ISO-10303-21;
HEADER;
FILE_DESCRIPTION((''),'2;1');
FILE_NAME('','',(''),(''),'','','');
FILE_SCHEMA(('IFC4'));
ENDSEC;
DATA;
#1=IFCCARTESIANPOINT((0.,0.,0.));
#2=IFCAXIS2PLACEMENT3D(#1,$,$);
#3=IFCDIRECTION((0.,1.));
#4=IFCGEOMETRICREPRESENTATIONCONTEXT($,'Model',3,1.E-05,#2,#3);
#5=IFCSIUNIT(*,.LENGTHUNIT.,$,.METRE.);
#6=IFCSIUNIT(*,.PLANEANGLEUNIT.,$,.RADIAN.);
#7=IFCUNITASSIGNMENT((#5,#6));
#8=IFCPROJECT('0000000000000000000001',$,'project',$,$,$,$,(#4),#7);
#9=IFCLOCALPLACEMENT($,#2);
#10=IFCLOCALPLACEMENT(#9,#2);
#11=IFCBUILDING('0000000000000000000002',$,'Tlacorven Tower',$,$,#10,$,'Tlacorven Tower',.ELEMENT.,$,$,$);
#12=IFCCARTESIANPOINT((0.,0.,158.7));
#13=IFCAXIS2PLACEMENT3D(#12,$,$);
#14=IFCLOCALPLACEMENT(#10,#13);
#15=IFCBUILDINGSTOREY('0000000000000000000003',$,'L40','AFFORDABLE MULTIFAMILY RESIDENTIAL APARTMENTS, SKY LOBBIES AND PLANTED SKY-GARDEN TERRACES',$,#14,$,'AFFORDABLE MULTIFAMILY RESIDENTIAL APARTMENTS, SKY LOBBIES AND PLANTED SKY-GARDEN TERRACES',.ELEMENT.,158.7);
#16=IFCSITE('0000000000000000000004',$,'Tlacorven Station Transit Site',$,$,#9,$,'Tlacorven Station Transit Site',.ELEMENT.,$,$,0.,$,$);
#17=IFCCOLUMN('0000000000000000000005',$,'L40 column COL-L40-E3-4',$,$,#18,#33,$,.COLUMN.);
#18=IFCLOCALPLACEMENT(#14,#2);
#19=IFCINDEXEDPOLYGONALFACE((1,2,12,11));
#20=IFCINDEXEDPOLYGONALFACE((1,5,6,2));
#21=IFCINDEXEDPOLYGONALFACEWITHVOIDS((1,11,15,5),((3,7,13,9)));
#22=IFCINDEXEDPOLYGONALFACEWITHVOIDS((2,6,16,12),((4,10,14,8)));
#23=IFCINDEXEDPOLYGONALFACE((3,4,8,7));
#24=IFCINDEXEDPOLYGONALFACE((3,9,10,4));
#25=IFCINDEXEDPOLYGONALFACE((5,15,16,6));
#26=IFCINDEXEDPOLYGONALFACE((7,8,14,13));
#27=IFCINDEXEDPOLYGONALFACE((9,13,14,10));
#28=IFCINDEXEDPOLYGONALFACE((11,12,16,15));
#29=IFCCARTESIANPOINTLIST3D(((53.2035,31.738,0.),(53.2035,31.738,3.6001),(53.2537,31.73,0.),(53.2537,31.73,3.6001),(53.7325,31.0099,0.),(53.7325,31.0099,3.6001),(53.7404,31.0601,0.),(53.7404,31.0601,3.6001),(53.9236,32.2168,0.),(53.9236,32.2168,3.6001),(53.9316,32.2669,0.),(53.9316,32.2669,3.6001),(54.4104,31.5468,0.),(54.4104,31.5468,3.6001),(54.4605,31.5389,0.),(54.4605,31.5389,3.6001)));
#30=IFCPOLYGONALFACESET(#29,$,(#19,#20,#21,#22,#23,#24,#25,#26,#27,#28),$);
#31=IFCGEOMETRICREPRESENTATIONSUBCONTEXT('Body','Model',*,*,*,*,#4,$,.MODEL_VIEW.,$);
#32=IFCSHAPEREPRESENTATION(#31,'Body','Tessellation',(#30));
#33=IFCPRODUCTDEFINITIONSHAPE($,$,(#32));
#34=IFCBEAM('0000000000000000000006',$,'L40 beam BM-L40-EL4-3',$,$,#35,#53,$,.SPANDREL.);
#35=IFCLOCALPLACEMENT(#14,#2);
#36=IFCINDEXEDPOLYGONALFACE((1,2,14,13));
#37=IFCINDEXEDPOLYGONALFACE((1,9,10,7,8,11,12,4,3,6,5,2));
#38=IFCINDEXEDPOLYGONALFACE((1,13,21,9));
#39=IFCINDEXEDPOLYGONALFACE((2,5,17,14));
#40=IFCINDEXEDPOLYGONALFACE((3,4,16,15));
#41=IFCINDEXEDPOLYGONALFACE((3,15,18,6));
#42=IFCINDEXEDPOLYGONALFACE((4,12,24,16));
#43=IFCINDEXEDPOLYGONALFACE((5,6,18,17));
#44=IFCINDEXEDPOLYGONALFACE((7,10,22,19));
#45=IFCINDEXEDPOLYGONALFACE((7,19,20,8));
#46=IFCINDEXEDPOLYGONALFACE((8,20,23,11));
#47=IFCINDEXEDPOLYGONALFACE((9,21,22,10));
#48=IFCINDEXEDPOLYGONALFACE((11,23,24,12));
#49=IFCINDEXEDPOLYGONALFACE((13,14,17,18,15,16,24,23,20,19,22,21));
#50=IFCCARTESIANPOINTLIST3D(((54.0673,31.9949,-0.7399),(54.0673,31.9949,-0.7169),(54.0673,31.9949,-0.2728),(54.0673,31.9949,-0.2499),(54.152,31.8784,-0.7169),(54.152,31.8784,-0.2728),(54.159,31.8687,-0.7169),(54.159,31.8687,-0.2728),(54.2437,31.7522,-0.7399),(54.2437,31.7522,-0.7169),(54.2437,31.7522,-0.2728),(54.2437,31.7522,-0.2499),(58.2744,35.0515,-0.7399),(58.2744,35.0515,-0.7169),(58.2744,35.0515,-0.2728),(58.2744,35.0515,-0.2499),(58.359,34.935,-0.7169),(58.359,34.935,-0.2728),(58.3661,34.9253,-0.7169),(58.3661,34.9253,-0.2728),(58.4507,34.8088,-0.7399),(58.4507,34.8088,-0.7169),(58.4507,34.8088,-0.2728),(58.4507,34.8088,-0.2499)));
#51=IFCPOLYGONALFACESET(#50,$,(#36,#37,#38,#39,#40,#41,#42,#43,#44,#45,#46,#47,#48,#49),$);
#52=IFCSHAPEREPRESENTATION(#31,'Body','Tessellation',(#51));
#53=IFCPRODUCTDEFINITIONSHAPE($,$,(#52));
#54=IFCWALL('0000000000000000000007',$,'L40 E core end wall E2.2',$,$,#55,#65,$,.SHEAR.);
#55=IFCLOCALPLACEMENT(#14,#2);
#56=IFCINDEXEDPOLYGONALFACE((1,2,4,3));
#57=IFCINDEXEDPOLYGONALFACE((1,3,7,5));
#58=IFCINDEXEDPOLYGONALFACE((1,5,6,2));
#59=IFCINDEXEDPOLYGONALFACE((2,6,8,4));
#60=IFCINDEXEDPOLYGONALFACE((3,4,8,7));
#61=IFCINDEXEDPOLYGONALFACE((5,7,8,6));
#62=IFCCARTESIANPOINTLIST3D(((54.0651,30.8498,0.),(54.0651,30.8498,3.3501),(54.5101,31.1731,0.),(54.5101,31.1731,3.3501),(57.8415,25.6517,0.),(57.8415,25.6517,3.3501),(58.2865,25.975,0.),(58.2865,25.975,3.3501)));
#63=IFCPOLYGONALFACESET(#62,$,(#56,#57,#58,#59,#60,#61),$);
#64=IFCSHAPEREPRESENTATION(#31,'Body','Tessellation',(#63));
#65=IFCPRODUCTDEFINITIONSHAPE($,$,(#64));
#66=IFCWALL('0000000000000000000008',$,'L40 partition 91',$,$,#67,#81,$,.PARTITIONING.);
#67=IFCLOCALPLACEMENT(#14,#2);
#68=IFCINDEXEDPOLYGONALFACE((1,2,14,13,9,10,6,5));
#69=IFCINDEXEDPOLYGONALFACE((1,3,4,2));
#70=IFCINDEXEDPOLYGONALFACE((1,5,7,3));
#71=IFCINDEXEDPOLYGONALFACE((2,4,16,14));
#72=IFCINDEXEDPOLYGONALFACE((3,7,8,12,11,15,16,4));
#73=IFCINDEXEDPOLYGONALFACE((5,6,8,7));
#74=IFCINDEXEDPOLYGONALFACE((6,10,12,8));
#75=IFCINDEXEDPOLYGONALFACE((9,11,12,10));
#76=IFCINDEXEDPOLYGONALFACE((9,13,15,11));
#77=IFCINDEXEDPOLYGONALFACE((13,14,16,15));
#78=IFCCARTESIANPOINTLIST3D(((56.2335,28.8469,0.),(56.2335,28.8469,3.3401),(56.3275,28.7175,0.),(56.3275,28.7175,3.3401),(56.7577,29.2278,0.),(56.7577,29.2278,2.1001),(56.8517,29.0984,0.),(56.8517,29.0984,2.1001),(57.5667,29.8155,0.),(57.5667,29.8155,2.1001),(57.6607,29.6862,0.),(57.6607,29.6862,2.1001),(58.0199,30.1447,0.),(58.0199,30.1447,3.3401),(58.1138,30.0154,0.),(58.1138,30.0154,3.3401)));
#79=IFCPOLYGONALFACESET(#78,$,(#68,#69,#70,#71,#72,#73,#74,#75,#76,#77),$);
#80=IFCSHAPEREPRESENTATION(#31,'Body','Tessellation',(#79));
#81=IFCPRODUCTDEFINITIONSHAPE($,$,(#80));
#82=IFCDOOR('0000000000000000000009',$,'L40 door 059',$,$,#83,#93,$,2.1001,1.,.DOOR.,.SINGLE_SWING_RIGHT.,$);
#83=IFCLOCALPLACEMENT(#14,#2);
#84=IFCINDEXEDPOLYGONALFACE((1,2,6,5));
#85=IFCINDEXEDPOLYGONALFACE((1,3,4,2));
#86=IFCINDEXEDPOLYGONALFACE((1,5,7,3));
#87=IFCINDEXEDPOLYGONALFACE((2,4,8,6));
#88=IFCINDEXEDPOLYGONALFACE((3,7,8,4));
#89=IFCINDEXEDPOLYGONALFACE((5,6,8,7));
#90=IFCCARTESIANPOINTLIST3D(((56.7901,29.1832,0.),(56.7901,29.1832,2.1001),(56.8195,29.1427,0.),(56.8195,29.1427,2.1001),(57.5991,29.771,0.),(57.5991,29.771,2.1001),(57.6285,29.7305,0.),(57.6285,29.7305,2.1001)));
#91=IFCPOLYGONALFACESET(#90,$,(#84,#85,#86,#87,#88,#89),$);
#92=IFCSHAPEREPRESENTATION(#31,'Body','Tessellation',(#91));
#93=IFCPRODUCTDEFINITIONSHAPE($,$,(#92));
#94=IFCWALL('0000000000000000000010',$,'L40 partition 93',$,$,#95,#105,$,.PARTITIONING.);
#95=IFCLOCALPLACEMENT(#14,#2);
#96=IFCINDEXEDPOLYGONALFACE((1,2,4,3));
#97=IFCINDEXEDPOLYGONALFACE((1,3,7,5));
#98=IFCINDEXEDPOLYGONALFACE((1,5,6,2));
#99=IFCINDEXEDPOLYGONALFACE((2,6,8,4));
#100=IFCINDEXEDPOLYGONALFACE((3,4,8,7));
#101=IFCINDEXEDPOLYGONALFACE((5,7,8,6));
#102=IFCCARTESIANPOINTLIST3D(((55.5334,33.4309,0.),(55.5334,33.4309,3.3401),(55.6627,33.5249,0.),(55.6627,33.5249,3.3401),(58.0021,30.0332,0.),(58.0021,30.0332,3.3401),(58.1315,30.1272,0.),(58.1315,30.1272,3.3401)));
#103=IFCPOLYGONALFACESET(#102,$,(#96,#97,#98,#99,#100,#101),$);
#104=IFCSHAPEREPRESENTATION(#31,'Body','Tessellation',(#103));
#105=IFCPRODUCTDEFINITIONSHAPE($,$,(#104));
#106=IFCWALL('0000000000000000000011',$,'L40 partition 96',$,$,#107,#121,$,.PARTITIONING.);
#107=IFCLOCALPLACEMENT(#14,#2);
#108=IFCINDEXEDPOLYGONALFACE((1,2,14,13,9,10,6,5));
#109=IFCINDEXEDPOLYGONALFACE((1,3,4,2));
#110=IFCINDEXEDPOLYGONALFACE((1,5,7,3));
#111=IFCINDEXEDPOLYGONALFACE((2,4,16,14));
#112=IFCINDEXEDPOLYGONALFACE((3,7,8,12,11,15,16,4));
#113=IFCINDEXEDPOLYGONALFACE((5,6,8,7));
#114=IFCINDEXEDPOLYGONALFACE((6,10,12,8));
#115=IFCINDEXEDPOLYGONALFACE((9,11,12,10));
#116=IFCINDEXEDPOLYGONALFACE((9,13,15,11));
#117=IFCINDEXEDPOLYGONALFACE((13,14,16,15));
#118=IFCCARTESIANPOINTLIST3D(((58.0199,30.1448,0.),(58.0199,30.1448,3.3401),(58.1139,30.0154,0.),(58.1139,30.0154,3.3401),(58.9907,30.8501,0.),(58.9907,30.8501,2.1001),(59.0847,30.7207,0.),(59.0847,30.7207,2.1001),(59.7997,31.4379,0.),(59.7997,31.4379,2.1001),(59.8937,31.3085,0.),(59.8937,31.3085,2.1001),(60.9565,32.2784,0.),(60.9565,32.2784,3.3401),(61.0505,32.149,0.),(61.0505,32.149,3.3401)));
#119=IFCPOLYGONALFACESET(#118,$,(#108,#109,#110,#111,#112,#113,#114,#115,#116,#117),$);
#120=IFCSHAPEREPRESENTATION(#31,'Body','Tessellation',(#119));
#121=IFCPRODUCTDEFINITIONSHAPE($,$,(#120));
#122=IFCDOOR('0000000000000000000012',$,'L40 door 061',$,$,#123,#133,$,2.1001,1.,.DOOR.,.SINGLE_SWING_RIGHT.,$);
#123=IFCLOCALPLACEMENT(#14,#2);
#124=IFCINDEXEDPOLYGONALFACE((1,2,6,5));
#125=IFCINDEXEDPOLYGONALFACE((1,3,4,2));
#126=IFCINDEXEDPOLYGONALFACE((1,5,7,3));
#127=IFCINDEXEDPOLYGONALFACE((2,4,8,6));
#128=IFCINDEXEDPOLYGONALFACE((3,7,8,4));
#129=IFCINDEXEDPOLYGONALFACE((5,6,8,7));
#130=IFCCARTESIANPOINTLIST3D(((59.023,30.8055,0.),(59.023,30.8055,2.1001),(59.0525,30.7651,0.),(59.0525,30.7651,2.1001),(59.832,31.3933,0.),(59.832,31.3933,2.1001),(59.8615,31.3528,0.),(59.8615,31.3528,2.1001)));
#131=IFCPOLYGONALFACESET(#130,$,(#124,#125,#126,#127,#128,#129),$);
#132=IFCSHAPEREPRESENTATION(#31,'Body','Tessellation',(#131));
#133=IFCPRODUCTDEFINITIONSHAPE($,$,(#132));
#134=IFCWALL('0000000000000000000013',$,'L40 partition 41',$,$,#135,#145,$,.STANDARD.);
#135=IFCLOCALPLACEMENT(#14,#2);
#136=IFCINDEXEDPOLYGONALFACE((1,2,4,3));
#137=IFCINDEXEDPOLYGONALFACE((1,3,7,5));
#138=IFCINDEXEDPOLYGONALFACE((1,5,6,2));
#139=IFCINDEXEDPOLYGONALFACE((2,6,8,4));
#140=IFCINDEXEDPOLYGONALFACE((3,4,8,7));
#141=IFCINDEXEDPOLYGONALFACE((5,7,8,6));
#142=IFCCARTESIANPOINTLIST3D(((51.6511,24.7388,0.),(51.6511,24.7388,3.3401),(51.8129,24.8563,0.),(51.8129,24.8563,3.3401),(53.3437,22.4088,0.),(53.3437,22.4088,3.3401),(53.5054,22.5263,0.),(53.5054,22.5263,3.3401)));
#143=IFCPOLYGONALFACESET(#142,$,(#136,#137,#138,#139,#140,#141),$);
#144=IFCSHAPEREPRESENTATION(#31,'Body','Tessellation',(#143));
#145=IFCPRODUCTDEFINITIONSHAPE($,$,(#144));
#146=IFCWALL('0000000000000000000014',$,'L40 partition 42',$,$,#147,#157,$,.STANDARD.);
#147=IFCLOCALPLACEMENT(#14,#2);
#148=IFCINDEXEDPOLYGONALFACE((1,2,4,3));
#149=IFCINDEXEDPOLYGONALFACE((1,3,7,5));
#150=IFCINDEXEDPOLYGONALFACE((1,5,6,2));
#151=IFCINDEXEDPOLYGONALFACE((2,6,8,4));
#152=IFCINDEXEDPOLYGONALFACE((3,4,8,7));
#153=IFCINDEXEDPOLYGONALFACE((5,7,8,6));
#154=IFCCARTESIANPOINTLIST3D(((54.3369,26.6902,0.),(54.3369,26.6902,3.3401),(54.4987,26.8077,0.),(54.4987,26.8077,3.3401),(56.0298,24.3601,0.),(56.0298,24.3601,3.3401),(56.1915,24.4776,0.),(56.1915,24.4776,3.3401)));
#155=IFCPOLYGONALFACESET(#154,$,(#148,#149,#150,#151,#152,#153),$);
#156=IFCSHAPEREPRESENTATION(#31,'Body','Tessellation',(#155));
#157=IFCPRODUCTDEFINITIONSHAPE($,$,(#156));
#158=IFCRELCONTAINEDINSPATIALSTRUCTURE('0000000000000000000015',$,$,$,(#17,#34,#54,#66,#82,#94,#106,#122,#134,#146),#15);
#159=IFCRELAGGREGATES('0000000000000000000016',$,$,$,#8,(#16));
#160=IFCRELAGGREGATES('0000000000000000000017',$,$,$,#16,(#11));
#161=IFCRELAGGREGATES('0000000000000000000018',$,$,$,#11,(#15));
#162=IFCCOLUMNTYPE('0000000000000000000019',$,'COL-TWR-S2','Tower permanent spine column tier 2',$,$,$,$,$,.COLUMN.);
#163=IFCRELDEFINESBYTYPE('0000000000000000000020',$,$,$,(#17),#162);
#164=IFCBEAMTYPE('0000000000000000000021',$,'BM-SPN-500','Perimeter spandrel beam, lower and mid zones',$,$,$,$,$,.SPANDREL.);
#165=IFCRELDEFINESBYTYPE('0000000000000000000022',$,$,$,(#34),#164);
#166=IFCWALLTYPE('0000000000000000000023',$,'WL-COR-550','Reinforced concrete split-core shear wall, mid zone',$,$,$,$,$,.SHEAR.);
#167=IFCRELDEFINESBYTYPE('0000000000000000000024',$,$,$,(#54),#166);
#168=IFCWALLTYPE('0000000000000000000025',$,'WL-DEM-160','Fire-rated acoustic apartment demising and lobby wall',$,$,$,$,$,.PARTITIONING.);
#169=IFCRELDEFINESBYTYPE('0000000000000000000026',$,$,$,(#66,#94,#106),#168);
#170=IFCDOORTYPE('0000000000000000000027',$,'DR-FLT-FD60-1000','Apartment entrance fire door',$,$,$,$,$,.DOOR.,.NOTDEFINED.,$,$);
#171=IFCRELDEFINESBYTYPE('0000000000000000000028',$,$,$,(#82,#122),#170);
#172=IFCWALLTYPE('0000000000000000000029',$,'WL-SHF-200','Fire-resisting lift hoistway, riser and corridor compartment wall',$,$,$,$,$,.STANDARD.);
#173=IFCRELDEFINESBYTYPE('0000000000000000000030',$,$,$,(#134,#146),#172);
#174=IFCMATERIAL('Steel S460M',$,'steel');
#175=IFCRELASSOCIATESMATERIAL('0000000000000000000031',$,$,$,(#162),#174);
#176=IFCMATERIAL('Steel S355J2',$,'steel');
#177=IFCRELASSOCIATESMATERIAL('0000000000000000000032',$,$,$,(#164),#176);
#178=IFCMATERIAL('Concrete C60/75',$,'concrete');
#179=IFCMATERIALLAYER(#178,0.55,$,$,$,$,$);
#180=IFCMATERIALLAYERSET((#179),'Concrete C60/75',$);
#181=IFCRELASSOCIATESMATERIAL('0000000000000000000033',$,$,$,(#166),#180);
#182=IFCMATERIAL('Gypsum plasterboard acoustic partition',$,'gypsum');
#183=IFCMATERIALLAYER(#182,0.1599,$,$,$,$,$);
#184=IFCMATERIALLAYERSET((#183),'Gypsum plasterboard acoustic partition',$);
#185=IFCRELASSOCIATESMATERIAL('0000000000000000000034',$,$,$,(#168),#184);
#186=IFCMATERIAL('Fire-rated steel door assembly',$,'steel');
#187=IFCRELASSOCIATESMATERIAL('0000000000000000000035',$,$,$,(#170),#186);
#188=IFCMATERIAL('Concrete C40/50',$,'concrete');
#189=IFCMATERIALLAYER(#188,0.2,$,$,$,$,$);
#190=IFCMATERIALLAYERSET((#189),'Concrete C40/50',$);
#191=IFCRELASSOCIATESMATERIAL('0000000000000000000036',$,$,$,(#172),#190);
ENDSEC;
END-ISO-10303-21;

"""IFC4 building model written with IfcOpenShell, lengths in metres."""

from ifc_helpers import new_model, si_unit, direction, frame, frame_2d, origin, origin_2d, place, context, subcontext, project, spatial, rectangle, hollow_rectangle, i_section, extrude, source, transform, mapped, material, layer, layer_set, material_profile, profile_set, type_object, element, fill, save


model = new_model("IFC4")

# Units and contexts
model_context = context("Model", 3, precision=1e-05, world=origin(), true_north=direction((0.0, 1.0)))
body_context = subcontext(model_context, "Body", "Model", "MODEL_VIEW")
ifc_project = project(units=[si_unit("LENGTHUNIT", "METRE"), si_unit("PLANEANGLEUNIT", "RADIAN")], contexts=[model_context])

# Site, building, storey
site_placement = place(None, origin())
site = spatial("IfcSite", under=ifc_project, at=site_placement, Name="Tlacorven Station Transit Site", LongName="Tlacorven Station Transit Site", CompositionType="ELEMENT", RefElevation=0.0)
building_placement = place(site_placement, origin())
building = spatial("IfcBuilding", under=site, at=building_placement, Name="Tlacorven Tower", LongName="Tlacorven Tower", CompositionType="ELEMENT")
storey_placement = place(building_placement, frame((0.0, 0.0, 158.7)))
storey = spatial("IfcBuildingStorey", under=building, at=storey_placement, Name="L40", Description="AFFORDABLE MULTIFAMILY RESIDENTIAL APARTMENTS, SKY LOBBIES AND PLANTED SKY-GARDEN TERRACES", LongName="AFFORDABLE MULTIFAMILY RESIDENTIAL APARTMENTS, SKY LOBBIES AND PLANTED SKY-GARDEN TERRACES", CompositionType="ELEMENT", Elevation=158.7)

# Column
ifc_material_1 = material(Name="Steel S460M", Category="steel")
ifc_material_profile_1 = material_profile(ifc_material_1, hollow_rectangle(XDim=0.8999, YDim=0.8999, WallThickness=0.0359, at=origin_2d()), Name="BOX 900X900X36")
ifc_profile_set_1 = profile_set([ifc_material_profile_1], Name="Steel S460M")
column_type = type_object("IfcColumnType", Name="COL-TWR-S2", Description="Tower permanent spine column tier 2", PredefinedType="COLUMN", material=ifc_profile_set_1)
shared_shape_1 = source(origin(), body_context, "Body", "SweptSolid", [
    extrude(hollow_rectangle(XDim=0.8999, YDim=0.8999, WallThickness=0.0359, at=origin_2d()), origin(), (0.0, 0.0, 1.0), 3.6001),
])
column_placement = place(storey_placement, frame((53.832, 31.6384, 0.0), z_axis=(0.0, 0.0, 1.0), x_axis=(0.809017, 0.587785, 0.0)))
element("IfcColumn", 1, at=column_placement, inside=storey, type_object=column_type, Name="L40 column COL-L40-E3-4", PredefinedType="COLUMN", context=body_context, shape_type="MappedRepresentation", body=[
    mapped(shared_shape_1, transform((0.0, 0.0, 0.0), scale=1.0)),
])

# Beam
ifc_material_2 = material(Name="Steel S355J2", Category="steel")
ifc_material_profile_2 = material_profile(ifc_material_2, i_section(OverallWidth=0.3, OverallDepth=0.49, WebThickness=0.012, FlangeThickness=0.0229, at=origin_2d()), Name="HEA 500")
ifc_profile_set_2 = profile_set([ifc_material_profile_2], Name="Steel S355J2")
beam_type = type_object("IfcBeamType", Name="BM-SPN-500", Description="Perimeter spandrel beam, lower and mid zones", PredefinedType="SPANDREL", material=ifc_profile_set_2)
shared_shape_2 = source(origin(), body_context, "Body", "SweptSolid", [
    extrude(i_section(OverallWidth=0.3, OverallDepth=0.49, WebThickness=0.012, FlangeThickness=0.0229, at=origin_2d()), origin(), (0.0, 0.0, 1.0), 5.2002),
])
beam_placement = place(storey_placement, frame((54.1555, 31.8735, -0.4949), z_axis=(0.809012, 0.587792, 0.0), x_axis=(-0.587792, 0.809012, 0.0)))
element("IfcBeam", 2, at=beam_placement, inside=storey, type_object=beam_type, Name="L40 beam BM-L40-EL4-3", PredefinedType="SPANDREL", context=body_context, shape_type="MappedRepresentation", body=[
    mapped(shared_shape_2, transform((0.0, 0.0, 0.0), scale=1.0)),
])

# Wall
ifc_material_3 = material(Name="Concrete C60/75", Category="concrete")
ifc_layer_1 = layer(ifc_material_3, 0.55)
ifc_layer_set_1 = layer_set([ifc_layer_1], Name="Concrete C60/75")
wall_type_1 = type_object("IfcWallType", Name="WL-COR-550", Description="Reinforced concrete split-core shear wall, mid zone", PredefinedType="SHEAR", material=ifc_layer_set_1)
wall_1_placement = place(storey_placement, frame((58.064, 25.8135, 0.0), z_axis=(0.0, 0.0, 1.0), x_axis=(-0.587765, 0.809032, 0.0)))
element("IfcWall", 3, at=wall_1_placement, inside=storey, type_object=wall_type_1, Name="L40 E core end wall E2.2", PredefinedType="SHEAR", context=body_context, shape_type="SweptSolid", body=[
    extrude(rectangle(XDim=6.425, YDim=0.55, at=frame_2d((3.2124, 0.0))), origin(), (0.0, 0.0, 1.0), 3.3501),
])

# Wall, opening, door
ifc_material_4 = material(Name="Gypsum plasterboard acoustic partition", Category="gypsum")
ifc_layer_2 = layer(ifc_material_4, 0.1599)
ifc_layer_set_2 = layer_set([ifc_layer_2], Name="Gypsum plasterboard acoustic partition")
wall_type_2 = type_object("IfcWallType", Name="WL-DEM-160", Description="Fire-rated acoustic apartment demising and lobby wall", PredefinedType="PARTITIONING", material=ifc_layer_set_2)
wall_2_placement = place(storey_placement, frame((56.2805, 28.7822, 0.0), z_axis=(0.0, 0.0, 1.0), x_axis=(0.809023, 0.587777, 0.0)))
wall_2 = element("IfcWall", 4, at=wall_2_placement, inside=storey, type_object=wall_type_2, Name="L40 partition 91", PredefinedType="PARTITIONING", context=body_context, shape_type="SweptSolid", body=[
    extrude(rectangle(XDim=2.208, YDim=0.1599, at=frame_2d((1.104, 0.0))), origin(), (0.0, 0.0, 1.0), 3.3401),
])
opening_1_placement = place(wall_2_placement, frame((0.6479, 0.0, 0.0)))
opening_1 = element("IfcOpeningElement", 5, at=opening_1_placement, cuts=wall_2, PredefinedType="OPENING", context=body_context, shape_type="SweptSolid", body=[
    extrude(rectangle(XDim=1.0, YDim=2.1001, at=frame_2d((0.5, 1.05))), frame((0.0, 0.0898, 0.0), z_axis=(0.0, -1.0, 0.0), x_axis=(1.0, 0.0, 0.0)), (0.0, 0.0, 1.0), 0.1799),
])
ifc_material_5 = material(Name="Fire-rated steel door assembly", Category="steel")
door_type_1 = type_object("IfcDoorType", Name="DR-FLT-FD60-1000", Description="Apartment entrance fire door", OperationType="NOTDEFINED", PredefinedType="DOOR", material=ifc_material_5)
shared_shape_3 = source(origin(), body_context, "Body", "SweptSolid", [
    extrude(rectangle(XDim=1.0, YDim=2.1001, at=frame_2d((0.5, 1.05))), frame((0.0, 0.0249, 0.0), z_axis=(0.0, -1.0, 0.0), x_axis=(1.0, 0.0, 0.0)), (0.0, 0.0, 1.0), 0.05),
])
door_1_placement = place(opening_1_placement, origin())
door_1 = element("IfcDoor", 6, at=door_1_placement, inside=storey, type_object=door_type_1, Name="L40 door 059", OperationType="SINGLE_SWING_RIGHT", OverallHeight=2.1001, OverallWidth=1.0, PredefinedType="DOOR", context=body_context, shape_type="MappedRepresentation", body=[
    mapped(shared_shape_3, transform((0.0, 0.0, 0.0), scale=1.0)),
])
fill(opening_1, door_1)

# Wall
wall_3_placement = place(storey_placement, frame((58.0669, 30.0801, 0.0), z_axis=(0.0, 0.0, 1.0), x_axis=(-0.587812, 0.808997, 0.0)))
element("IfcWall", 7, at=wall_3_placement, inside=storey, type_object=wall_type_2, Name="L40 partition 93", PredefinedType="PARTITIONING", context=body_context, shape_type="SweptSolid", body=[
    extrude(rectangle(XDim=4.2, YDim=0.1599, at=frame_2d((2.1001, 0.0))), origin(), (0.0, 0.0, 1.0), 3.3401),
])

# Wall, opening, door
wall_4_placement = place(storey_placement, frame((58.0669, 30.0801, 0.0), z_axis=(0.0, 0.0, 1.0), x_axis=(0.809012, 0.587792, 0.0)))
wall_4 = element("IfcWall", 8, at=wall_4_placement, inside=storey, type_object=wall_type_2, Name="L40 partition 96", PredefinedType="PARTITIONING", context=body_context, shape_type="SweptSolid", body=[
    extrude(rectangle(XDim=3.6299, YDim=0.1599, at=frame_2d((1.8149, 0.0))), origin(), (0.0, 0.0, 1.0), 3.3401),
])
opening_2_placement = place(wall_4_placement, frame((1.2, 0.0, 0.0)))
opening_2 = element("IfcOpeningElement", 9, at=opening_2_placement, cuts=wall_4, PredefinedType="OPENING", context=body_context, shape_type="SweptSolid", body=[
    extrude(rectangle(XDim=1.0, YDim=2.1001, at=frame_2d((0.5, 1.05))), frame((0.0, 0.0898, 0.0), z_axis=(0.0, -1.0, 0.0), x_axis=(1.0, 0.0, 0.0)), (0.0, 0.0, 1.0), 0.1799),
])
door_2_placement = place(opening_2_placement, origin())
door_2 = element("IfcDoor", 10, at=door_2_placement, inside=storey, type_object=door_type_1, Name="L40 door 061", OperationType="SINGLE_SWING_RIGHT", OverallHeight=2.1001, OverallWidth=1.0, PredefinedType="DOOR", context=body_context, shape_type="MappedRepresentation", body=[
    mapped(shared_shape_3, transform((0.0, 0.0, 0.0), scale=1.0)),
])
fill(opening_2, door_2)

# Shared definitions
ifc_material_6 = material(Name="Concrete C40/50", Category="concrete")
ifc_layer_3 = layer(ifc_material_6, 0.2)
ifc_layer_set_3 = layer_set([ifc_layer_3], Name="Concrete C40/50")
wall_type_3 = type_object("IfcWallType", Name="WL-SHF-200", Description="Fire-resisting lift hoistway, riser and corridor compartment wall", PredefinedType="STANDARD", material=ifc_layer_set_3)

# Walls
wall_5_placement = place(storey_placement, frame((53.4246, 22.4675, 0.0), z_axis=(0.0, 0.0, 1.0), x_axis=(-0.587723, 0.809062, 0.0)))
element("IfcWall", 11, at=wall_5_placement, inside=storey, type_object=wall_type_3, Name="L40 partition 41", PredefinedType="STANDARD", context=body_context, shape_type="SweptSolid", body=[
    extrude(rectangle(XDim=2.8799, YDim=0.2, at=frame_2d((1.4399, 0.0))), origin(), (0.0, 0.0, 1.0), 3.3401),
])
wall_6_placement = place(storey_placement, frame((56.1106, 24.4189, 0.0), z_axis=(0.0, 0.0, 1.0), x_axis=(-0.587778, 0.809022, 0.0)))
element("IfcWall", 12, at=wall_6_placement, inside=storey, type_object=wall_type_3, Name="L40 partition 42", PredefinedType="STANDARD", context=body_context, shape_type="SweptSolid", body=[
    extrude(rectangle(XDim=2.8801, YDim=0.2, at=frame_2d((1.4399, 0.0))), origin(), (0.0, 0.0, 1.0), 3.3401),
])

save(model, "model.ifc")
